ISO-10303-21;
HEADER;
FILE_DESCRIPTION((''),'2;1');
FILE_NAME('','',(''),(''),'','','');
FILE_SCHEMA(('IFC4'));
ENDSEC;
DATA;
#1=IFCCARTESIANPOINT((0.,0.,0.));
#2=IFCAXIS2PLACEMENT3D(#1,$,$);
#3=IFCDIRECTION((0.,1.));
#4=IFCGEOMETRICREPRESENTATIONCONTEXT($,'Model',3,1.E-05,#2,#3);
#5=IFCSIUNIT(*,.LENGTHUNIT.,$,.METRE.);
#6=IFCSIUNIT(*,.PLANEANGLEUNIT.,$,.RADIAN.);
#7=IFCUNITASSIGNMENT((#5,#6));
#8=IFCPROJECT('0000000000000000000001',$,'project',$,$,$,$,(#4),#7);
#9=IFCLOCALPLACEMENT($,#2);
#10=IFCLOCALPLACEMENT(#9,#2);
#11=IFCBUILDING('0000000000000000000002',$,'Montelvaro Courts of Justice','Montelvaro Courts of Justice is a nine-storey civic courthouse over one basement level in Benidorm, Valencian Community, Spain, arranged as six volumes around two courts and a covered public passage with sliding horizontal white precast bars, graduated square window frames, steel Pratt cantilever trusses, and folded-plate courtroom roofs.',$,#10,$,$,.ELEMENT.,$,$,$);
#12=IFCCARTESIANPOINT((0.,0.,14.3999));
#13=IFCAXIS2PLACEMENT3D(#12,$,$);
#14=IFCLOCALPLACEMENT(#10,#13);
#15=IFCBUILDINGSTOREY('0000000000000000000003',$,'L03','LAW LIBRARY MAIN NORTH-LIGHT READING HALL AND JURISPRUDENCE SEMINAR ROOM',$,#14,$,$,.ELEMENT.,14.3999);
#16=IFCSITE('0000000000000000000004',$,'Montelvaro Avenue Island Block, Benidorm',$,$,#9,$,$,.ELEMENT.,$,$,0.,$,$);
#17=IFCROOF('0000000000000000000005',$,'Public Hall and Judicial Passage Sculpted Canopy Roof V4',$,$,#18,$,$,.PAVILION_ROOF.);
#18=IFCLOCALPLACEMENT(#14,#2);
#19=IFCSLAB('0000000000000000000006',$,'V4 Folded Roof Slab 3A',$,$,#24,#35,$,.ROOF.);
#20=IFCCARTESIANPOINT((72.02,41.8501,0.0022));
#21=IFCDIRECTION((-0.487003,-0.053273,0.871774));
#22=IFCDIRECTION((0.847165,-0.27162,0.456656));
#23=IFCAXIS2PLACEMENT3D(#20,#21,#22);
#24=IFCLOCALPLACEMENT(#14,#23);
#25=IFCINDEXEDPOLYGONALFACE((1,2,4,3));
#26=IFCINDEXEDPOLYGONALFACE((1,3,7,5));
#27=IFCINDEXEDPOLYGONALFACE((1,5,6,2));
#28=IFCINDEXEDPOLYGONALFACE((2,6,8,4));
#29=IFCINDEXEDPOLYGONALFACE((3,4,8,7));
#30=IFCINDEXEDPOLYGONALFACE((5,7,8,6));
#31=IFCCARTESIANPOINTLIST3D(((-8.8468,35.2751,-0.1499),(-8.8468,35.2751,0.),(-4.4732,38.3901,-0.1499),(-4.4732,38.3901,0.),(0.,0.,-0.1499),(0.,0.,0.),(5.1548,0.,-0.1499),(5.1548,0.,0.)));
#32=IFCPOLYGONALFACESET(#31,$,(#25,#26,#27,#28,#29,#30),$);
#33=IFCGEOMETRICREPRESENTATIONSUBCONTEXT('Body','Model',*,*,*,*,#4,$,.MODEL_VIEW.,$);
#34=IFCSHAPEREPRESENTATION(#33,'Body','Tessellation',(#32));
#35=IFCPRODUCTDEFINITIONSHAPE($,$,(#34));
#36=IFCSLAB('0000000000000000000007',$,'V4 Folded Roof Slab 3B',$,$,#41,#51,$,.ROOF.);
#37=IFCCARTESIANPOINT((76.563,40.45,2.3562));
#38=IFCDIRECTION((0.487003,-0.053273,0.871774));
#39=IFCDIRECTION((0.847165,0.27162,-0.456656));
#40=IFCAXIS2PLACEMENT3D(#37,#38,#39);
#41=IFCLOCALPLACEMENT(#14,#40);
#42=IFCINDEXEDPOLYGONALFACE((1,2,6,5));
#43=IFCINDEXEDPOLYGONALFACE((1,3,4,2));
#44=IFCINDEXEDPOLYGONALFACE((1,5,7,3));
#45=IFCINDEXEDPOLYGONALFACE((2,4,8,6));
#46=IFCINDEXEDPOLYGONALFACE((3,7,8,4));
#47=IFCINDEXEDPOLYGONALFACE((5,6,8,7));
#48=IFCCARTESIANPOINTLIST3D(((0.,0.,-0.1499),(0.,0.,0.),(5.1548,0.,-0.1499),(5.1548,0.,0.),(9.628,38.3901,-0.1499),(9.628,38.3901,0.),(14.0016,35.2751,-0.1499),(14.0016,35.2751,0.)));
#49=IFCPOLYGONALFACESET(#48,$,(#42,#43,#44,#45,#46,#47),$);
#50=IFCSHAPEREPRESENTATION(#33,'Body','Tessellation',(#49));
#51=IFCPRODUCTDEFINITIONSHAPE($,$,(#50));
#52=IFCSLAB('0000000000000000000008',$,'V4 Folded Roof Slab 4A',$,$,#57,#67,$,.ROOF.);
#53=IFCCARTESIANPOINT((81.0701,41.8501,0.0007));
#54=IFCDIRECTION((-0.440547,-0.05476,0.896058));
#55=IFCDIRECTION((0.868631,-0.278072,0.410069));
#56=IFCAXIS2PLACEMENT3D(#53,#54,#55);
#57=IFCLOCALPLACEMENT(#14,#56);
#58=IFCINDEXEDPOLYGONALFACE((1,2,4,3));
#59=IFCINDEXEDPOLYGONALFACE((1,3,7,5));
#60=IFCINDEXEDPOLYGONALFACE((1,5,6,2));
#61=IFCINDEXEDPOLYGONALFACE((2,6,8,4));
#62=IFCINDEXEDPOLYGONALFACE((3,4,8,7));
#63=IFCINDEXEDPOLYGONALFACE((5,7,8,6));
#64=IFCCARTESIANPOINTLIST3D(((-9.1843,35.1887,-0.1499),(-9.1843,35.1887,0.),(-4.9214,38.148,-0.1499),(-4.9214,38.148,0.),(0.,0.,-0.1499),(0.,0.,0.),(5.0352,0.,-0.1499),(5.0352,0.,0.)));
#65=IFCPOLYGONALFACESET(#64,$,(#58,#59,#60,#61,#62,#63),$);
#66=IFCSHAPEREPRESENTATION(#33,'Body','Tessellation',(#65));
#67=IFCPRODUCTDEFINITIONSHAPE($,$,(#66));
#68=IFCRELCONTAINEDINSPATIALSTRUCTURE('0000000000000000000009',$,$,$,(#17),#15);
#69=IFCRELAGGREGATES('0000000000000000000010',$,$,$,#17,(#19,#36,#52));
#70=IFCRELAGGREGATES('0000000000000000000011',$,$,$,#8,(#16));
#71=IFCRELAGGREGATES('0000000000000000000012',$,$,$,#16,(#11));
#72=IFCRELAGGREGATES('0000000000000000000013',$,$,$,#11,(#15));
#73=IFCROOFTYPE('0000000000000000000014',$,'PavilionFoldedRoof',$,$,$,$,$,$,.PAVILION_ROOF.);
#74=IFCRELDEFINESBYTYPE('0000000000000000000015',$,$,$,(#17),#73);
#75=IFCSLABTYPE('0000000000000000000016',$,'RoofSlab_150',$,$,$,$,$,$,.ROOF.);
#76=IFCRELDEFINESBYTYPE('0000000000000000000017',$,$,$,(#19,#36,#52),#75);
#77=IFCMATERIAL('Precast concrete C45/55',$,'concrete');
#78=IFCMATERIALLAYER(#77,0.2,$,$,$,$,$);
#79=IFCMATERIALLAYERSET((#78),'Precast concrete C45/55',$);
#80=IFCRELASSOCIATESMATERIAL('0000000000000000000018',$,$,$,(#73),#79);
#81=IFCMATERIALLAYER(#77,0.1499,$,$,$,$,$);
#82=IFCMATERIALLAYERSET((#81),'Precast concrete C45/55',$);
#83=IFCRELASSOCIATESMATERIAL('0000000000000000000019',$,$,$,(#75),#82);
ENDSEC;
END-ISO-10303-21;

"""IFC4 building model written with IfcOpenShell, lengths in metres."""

from ifc_helpers import new_model, si_unit, direction, frame, origin, place, context, subcontext, project, spatial, polyline, outline, extrude, material, layer, layer_set, type_object, element, aggregate, save


model = new_model("IFC4")

# Units and contexts
model_context = context("Model", 3, precision=1e-05, world=origin(), true_north=direction((0.0, 1.0)))
body_context = subcontext(model_context, "Body", "Model", "MODEL_VIEW")
ifc_project = project(units=[si_unit("LENGTHUNIT", "METRE"), si_unit("PLANEANGLEUNIT", "RADIAN")], contexts=[model_context])

# Site, building, storey
site_placement = place(None, origin())
site = spatial("IfcSite", under=ifc_project, at=site_placement, Name="Montelvaro Avenue Island Block, Benidorm", CompositionType="ELEMENT", RefElevation=0.0)
building_placement = place(site_placement, origin())
building = spatial("IfcBuilding", under=site, at=building_placement, Name="Montelvaro Courts of Justice", Description="Montelvaro Courts of Justice is a nine-storey civic courthouse over one basement level in Benidorm, Valencian Community, Spain, arranged as six volumes around two courts and a covered public passage with sliding horizontal white precast bars, graduated square window frames, steel Pratt cantilever trusses, and folded-plate courtroom roofs.", CompositionType="ELEMENT")
storey_placement = place(building_placement, frame((0.0, 0.0, 14.3999)))
storey = spatial("IfcBuildingStorey", under=building, at=storey_placement, Name="L03", Description="LAW LIBRARY MAIN NORTH-LIGHT READING HALL AND JURISPRUDENCE SEMINAR ROOM", CompositionType="ELEMENT", Elevation=14.3999)

# Roof, slabs
ifc_material_1 = material(Name="Precast concrete C45/55", Category="concrete")
ifc_layer_1 = layer(ifc_material_1, 0.2)
ifc_layer_set_1 = layer_set([ifc_layer_1], Name="Precast concrete C45/55")
roof_type = type_object("IfcRoofType", Name="PavilionFoldedRoof", PredefinedType="PAVILION_ROOF", material=ifc_layer_set_1)
roof_placement = place(storey_placement, origin())
roof = element("IfcRoof", 1, at=roof_placement, inside=storey, type_object=roof_type, Name="Public Hall and Judicial Passage Sculpted Canopy Roof V4", PredefinedType="PAVILION_ROOF")
ifc_layer_2 = layer(ifc_material_1, 0.1499)
ifc_layer_set_2 = layer_set([ifc_layer_2], Name="Precast concrete C45/55")
slab_type = type_object("IfcSlabType", Name="RoofSlab_150", PredefinedType="ROOF", material=ifc_layer_set_2)
slab_1_placement = place(storey_placement, frame((72.02, 41.8501, 0.0022), z_axis=(-0.487003, -0.053273, 0.871774), x_axis=(0.847165, -0.27162, 0.456656)))
slab_1 = element("IfcSlab", 2, at=slab_1_placement, type_object=slab_type, Name="V4 Folded Roof Slab 3A", PredefinedType="ROOF", context=body_context, shape_type="SweptSolid", body=[
    extrude(outline(polyline([(0.0, 0.0), (5.1548, 0.0), (-4.4732, 38.3901), (-8.8468, 35.2751), (0.0, 0.0)])), origin(), (0.0, 0.0, -1.0), 0.1499),
])
slab_2_placement = place(storey_placement, frame((76.563, 40.45, 2.3562), z_axis=(0.487003, -0.053273, 0.871774), x_axis=(0.847165, 0.27162, -0.456656)))
slab_2 = element("IfcSlab", 3, at=slab_2_placement, type_object=slab_type, Name="V4 Folded Roof Slab 3B", PredefinedType="ROOF", context=body_context, shape_type="SweptSolid", body=[
    extrude(outline(polyline([(0.0, 0.0), (5.1548, 0.0), (14.0016, 35.2751), (9.628, 38.3901), (0.0, 0.0)])), origin(), (0.0, 0.0, -1.0), 0.1499),
])
slab_3_placement = place(storey_placement, frame((81.0701, 41.8501, 0.0007), z_axis=(-0.440547, -0.05476, 0.896058), x_axis=(0.868631, -0.278072, 0.410069)))
slab_3 = element("IfcSlab", 4, at=slab_3_placement, type_object=slab_type, Name="V4 Folded Roof Slab 4A", PredefinedType="ROOF", context=body_context, shape_type="SweptSolid", body=[
    extrude(outline(polyline([(0.0, 0.0), (5.0352, 0.0), (-4.9214, 38.148), (-9.1843, 35.1887), (0.0, 0.0)])), origin(), (0.0, 0.0, -1.0), 0.1499),
])
aggregate(roof, [slab_1, slab_2, slab_3])

save(model, "model.ifc")
